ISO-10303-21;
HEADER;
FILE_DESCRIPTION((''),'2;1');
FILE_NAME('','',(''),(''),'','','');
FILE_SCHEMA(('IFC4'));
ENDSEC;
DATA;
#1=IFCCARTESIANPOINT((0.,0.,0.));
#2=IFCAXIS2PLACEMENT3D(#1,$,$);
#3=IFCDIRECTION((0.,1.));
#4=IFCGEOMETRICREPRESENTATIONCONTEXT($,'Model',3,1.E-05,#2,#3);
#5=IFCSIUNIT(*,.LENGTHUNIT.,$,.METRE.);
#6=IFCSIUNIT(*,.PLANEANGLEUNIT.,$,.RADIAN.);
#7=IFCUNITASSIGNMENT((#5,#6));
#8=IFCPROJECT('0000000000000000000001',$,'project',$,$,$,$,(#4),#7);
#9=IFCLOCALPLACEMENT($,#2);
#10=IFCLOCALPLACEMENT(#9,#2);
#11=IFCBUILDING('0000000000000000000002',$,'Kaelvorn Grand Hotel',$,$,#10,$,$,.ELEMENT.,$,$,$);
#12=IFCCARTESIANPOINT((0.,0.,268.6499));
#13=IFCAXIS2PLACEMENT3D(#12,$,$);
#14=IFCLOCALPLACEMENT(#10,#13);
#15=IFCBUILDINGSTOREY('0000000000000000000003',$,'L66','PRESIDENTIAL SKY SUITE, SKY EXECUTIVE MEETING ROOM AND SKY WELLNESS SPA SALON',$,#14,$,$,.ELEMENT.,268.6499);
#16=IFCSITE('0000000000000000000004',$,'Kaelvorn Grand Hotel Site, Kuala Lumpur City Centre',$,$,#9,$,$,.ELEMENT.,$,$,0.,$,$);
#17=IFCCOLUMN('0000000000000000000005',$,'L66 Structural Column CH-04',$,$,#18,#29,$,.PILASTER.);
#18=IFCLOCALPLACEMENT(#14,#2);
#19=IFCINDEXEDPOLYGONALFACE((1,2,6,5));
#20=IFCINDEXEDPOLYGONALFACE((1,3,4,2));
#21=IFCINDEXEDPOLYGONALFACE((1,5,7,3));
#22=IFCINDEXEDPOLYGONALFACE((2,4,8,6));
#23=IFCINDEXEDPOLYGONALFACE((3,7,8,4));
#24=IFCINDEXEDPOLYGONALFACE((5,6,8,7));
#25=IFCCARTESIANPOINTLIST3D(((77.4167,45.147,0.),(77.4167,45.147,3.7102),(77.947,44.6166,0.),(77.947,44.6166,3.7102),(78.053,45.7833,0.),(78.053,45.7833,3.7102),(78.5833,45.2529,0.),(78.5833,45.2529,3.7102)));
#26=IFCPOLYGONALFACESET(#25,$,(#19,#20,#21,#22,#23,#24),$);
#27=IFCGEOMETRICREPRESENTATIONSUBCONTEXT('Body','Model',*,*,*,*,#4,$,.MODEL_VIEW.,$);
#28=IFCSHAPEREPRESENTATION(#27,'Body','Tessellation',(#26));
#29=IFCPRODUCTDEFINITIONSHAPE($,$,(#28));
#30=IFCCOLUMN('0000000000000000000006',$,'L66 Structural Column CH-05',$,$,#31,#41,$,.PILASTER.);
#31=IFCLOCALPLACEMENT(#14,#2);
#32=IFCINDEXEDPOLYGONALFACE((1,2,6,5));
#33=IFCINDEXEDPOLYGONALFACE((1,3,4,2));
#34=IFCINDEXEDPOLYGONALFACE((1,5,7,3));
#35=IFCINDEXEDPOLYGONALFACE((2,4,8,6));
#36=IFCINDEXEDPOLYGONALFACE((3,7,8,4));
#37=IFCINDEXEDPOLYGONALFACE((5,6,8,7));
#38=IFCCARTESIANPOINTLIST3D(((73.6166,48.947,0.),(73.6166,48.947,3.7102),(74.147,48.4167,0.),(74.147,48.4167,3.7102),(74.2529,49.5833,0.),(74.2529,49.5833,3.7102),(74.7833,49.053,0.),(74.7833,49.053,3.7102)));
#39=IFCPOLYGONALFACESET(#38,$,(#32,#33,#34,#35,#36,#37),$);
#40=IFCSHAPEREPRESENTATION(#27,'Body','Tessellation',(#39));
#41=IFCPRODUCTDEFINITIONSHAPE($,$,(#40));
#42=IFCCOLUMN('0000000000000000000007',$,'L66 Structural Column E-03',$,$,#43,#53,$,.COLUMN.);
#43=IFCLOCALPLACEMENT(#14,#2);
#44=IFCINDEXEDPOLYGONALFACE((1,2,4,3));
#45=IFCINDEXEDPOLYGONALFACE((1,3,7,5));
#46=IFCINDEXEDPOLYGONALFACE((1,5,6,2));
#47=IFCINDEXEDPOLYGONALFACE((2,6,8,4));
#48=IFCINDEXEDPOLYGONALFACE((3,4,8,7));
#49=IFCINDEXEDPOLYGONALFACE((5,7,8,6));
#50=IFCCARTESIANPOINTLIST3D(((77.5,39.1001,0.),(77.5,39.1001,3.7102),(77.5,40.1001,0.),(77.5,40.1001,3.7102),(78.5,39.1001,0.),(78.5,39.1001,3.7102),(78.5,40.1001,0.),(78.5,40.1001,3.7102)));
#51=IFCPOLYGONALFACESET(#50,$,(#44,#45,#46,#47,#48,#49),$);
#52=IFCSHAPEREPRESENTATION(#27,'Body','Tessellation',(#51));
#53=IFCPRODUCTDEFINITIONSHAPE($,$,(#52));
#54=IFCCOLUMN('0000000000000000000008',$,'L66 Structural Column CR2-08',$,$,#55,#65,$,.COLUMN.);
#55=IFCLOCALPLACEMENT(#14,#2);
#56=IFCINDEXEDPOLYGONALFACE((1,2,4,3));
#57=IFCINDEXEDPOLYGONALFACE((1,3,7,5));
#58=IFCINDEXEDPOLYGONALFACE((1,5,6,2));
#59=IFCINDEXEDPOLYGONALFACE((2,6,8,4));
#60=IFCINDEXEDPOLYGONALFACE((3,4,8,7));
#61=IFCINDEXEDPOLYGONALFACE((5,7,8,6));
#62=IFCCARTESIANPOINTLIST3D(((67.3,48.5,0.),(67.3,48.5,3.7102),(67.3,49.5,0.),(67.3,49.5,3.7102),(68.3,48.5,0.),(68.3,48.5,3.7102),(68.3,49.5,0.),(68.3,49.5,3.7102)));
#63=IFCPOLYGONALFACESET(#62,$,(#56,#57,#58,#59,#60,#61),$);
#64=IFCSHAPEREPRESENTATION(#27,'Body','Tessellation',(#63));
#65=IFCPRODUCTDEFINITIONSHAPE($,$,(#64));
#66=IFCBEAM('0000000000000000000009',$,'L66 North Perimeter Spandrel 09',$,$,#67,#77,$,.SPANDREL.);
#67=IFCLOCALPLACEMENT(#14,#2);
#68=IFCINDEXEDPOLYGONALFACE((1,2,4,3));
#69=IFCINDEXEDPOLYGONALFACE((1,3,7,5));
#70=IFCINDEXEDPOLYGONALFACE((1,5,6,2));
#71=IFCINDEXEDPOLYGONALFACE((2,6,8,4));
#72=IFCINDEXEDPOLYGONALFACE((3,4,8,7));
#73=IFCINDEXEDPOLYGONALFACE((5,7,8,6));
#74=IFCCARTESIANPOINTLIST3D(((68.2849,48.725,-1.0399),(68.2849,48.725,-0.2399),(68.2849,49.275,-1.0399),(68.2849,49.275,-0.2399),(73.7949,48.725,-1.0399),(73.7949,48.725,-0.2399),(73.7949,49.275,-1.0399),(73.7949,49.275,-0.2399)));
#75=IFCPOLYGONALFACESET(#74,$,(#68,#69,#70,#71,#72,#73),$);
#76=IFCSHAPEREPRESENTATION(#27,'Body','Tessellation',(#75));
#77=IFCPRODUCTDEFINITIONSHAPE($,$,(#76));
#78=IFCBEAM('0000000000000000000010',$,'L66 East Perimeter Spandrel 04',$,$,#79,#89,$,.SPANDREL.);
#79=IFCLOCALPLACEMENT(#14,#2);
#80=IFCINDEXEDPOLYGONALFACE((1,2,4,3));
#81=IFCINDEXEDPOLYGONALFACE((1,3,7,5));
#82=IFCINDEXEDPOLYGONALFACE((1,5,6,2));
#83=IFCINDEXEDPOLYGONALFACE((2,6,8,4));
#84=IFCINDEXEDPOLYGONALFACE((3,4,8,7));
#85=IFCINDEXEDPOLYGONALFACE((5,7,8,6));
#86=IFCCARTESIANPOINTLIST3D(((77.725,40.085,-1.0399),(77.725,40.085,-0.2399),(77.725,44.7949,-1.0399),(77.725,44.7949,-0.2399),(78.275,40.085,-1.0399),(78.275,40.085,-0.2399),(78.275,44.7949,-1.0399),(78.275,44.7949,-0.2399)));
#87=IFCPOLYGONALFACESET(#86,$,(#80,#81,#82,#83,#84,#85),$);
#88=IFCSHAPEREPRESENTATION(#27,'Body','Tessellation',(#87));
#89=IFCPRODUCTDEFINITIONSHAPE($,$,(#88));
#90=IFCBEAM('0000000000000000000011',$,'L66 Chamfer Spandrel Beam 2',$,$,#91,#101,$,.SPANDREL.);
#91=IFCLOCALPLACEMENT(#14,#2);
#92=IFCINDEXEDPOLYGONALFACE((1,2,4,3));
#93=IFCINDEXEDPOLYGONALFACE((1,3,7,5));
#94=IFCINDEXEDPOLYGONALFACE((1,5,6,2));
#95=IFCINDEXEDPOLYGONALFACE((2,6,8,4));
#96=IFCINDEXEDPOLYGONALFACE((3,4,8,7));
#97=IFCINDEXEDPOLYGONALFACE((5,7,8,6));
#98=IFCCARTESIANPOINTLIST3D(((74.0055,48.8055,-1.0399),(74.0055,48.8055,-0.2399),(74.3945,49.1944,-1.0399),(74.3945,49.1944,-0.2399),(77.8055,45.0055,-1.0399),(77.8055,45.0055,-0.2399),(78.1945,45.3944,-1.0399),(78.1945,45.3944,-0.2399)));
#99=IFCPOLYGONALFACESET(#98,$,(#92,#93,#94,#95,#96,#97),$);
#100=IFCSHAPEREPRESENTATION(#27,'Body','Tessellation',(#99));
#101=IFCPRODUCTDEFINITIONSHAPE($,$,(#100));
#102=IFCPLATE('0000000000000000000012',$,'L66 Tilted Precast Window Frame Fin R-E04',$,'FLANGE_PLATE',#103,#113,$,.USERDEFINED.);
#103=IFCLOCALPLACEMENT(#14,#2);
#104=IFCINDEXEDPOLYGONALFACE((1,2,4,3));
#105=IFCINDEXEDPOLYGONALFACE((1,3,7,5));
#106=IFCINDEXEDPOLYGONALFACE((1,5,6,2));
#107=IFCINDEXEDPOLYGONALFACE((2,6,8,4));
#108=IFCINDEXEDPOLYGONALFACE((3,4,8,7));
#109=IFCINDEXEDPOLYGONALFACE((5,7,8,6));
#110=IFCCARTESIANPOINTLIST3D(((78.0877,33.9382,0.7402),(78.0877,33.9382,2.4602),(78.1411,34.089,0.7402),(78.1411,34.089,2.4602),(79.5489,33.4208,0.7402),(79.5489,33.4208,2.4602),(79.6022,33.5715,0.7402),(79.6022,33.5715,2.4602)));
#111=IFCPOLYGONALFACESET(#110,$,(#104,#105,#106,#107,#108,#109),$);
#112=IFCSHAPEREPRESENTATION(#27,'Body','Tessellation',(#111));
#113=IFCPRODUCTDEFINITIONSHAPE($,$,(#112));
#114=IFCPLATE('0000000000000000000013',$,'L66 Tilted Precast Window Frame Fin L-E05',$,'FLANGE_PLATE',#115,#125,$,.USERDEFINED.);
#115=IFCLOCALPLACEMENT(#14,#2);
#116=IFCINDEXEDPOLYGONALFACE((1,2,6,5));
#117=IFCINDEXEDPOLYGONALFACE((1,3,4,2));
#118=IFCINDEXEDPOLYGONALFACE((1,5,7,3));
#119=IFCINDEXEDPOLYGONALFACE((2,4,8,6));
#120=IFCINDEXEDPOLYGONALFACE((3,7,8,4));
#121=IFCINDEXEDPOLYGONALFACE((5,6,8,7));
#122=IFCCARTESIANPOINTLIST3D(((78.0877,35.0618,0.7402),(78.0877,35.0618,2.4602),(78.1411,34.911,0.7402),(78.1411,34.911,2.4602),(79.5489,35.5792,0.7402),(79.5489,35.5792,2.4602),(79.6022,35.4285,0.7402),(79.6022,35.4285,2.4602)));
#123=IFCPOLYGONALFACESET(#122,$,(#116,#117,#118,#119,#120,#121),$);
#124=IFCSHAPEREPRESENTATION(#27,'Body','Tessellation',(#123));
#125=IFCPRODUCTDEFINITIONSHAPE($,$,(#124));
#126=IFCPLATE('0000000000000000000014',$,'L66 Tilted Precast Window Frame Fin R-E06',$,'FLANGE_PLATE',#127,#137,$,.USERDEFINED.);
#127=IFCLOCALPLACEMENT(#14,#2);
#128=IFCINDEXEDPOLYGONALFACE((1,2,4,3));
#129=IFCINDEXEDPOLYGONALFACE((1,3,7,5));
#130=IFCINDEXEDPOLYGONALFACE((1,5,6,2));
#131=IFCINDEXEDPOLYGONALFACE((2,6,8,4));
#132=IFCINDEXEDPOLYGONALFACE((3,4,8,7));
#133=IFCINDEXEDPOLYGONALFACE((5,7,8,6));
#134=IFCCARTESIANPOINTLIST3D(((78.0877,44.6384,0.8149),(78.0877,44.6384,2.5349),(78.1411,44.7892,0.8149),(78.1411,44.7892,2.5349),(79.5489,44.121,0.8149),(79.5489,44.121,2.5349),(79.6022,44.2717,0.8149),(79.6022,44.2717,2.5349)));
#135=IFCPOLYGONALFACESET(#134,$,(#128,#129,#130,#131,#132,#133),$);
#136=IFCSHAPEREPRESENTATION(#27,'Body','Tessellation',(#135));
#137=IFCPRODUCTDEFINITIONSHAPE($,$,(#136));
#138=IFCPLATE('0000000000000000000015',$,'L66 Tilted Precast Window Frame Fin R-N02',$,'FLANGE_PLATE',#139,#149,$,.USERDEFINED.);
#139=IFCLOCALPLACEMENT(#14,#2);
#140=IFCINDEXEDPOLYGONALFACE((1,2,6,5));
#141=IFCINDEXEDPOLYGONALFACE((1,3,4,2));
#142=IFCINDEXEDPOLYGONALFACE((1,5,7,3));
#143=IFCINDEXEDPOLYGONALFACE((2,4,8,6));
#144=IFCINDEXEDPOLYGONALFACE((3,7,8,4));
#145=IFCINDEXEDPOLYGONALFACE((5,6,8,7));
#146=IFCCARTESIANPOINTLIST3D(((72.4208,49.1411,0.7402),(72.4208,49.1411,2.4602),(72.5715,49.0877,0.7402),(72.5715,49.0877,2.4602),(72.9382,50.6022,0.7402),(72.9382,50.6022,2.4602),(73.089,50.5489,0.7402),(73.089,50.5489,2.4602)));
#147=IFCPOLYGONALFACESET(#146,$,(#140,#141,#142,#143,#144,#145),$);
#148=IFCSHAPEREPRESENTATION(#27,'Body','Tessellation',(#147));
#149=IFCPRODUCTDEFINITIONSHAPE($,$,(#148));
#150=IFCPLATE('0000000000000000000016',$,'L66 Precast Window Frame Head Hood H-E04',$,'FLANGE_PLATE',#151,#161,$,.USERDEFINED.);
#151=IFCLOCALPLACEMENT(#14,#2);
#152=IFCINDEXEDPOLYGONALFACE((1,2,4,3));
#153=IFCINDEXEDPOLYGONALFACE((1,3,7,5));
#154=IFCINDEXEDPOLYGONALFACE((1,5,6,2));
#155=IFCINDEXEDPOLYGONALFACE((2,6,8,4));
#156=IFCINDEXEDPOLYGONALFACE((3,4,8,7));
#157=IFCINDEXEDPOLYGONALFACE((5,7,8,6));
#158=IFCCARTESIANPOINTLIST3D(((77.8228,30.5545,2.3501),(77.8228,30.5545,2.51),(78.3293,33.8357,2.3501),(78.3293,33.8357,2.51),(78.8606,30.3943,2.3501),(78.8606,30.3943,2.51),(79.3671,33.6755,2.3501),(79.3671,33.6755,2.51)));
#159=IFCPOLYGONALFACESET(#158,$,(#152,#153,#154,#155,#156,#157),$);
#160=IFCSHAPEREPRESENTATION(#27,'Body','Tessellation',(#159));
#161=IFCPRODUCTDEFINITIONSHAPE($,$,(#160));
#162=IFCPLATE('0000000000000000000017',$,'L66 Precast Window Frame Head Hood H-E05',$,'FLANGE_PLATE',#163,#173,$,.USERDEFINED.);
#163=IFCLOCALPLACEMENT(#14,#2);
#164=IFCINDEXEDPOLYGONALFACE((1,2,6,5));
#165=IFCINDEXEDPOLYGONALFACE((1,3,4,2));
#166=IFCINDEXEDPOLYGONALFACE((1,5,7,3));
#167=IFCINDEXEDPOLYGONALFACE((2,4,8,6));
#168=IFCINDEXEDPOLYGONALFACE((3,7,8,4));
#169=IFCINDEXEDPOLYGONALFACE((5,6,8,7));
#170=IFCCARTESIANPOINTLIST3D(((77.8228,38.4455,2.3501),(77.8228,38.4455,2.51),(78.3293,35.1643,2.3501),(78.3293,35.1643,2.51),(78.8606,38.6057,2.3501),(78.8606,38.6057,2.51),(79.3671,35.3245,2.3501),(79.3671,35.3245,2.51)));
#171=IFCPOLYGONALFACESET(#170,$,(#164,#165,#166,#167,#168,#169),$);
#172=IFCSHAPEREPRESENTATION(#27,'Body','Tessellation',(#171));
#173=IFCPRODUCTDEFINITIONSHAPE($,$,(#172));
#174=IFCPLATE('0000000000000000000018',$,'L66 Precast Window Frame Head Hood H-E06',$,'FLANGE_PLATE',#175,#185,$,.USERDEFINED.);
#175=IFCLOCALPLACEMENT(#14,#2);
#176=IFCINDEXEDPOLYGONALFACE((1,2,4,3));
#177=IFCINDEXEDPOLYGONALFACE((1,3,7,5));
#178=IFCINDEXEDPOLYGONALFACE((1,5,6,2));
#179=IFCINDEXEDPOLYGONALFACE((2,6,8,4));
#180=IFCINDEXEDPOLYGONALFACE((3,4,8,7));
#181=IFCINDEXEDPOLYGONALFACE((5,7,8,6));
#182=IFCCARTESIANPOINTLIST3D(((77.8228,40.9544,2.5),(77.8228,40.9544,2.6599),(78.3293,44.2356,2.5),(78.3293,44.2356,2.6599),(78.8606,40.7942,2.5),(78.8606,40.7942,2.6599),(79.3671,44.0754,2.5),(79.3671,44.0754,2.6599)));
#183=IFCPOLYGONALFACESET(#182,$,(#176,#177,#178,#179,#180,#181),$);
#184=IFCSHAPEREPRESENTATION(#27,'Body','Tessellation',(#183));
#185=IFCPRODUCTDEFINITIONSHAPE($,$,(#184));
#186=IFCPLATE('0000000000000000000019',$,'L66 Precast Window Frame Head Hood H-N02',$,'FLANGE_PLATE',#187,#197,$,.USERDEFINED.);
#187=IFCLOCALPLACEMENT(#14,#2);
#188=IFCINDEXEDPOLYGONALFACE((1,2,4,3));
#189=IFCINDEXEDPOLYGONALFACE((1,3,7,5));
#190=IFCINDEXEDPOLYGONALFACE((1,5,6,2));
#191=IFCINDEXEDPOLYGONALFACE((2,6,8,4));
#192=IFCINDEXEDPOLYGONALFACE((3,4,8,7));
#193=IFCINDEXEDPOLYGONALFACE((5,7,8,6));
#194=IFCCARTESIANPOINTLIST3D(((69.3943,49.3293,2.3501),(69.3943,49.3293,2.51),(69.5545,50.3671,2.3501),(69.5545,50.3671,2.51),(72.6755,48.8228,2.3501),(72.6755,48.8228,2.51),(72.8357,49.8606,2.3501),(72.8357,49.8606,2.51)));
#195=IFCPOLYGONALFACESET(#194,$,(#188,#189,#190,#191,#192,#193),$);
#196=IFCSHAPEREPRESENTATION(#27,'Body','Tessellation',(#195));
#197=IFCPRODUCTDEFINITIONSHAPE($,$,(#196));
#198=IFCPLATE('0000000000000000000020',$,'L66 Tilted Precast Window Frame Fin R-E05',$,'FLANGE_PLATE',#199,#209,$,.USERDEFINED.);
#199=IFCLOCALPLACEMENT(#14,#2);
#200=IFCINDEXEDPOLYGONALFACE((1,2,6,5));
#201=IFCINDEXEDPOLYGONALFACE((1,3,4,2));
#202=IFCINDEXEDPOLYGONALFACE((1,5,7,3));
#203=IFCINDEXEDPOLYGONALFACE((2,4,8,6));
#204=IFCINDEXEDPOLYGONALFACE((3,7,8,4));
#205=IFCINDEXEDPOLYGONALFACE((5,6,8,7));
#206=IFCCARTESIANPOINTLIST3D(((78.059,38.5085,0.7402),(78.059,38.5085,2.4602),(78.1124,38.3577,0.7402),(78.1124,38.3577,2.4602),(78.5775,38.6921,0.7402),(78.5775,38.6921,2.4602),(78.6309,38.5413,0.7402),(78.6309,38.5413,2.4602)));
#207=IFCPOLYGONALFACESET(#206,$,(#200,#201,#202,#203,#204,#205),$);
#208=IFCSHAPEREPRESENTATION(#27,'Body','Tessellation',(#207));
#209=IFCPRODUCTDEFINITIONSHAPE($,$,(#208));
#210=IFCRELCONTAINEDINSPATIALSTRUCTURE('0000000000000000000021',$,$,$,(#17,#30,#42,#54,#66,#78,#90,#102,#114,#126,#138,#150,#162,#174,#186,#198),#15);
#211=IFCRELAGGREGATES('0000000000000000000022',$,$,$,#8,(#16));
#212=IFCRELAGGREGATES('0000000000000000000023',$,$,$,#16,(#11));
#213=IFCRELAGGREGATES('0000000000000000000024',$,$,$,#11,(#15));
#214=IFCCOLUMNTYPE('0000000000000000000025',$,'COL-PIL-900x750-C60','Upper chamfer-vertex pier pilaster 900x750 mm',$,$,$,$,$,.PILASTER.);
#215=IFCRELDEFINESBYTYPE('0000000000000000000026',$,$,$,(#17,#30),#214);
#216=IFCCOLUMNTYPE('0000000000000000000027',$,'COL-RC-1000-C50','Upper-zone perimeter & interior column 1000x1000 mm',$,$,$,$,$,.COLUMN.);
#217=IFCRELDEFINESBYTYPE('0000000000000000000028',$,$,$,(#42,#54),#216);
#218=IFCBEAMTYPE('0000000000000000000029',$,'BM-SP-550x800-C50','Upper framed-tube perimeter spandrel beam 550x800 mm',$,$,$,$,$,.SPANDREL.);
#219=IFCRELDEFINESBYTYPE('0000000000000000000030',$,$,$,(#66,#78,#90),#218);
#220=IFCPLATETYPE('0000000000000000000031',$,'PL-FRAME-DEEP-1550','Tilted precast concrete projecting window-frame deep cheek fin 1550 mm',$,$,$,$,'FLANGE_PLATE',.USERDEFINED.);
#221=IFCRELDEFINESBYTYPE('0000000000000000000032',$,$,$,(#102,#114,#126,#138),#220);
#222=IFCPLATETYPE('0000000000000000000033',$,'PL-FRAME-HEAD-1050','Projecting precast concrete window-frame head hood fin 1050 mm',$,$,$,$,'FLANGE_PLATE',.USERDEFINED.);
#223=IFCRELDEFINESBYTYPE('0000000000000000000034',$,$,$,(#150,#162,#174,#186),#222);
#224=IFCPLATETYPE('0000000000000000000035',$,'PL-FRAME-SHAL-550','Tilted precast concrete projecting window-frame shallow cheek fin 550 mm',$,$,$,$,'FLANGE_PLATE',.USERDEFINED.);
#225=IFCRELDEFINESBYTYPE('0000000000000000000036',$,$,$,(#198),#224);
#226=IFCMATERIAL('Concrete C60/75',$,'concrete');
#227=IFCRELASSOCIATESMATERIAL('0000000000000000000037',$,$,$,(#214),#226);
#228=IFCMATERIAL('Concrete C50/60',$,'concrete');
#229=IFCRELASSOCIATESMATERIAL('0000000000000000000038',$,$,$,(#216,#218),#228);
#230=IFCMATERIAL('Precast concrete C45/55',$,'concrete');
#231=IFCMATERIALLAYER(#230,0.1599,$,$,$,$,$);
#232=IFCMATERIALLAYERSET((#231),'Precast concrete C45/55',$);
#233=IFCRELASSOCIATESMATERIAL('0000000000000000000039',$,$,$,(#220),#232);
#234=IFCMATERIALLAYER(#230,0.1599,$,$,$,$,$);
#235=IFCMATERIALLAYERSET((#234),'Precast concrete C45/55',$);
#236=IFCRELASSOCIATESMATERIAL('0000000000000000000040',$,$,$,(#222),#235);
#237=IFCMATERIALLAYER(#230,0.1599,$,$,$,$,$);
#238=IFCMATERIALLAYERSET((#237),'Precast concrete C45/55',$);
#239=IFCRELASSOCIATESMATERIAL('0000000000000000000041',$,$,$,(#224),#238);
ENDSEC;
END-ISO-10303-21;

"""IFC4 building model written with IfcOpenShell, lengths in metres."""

from ifc_helpers import new_model, si_unit, direction, frame, origin, origin_2d, place, context, subcontext, project, spatial, rectangle, extrude, material, layer, layer_set, material_profile, profile_set, type_object, element, save


model = new_model("IFC4")

# Units and contexts
model_context = context("Model", 3, precision=1e-05, world=origin(), true_north=direction((0.0, 1.0)))
body_context = subcontext(model_context, "Body", "Model", "MODEL_VIEW")
ifc_project = project(units=[si_unit("LENGTHUNIT", "METRE"), si_unit("PLANEANGLEUNIT", "RADIAN")], contexts=[model_context])

# Site, building, storey
site_placement = place(None, origin())
site = spatial("IfcSite", under=ifc_project, at=site_placement, Name="Kaelvorn Grand Hotel Site, Kuala Lumpur City Centre", CompositionType="ELEMENT", RefElevation=0.0)
building_placement = place(site_placement, origin())
building = spatial("IfcBuilding", under=site, at=building_placement, Name="Kaelvorn Grand Hotel", CompositionType="ELEMENT")
storey_placement = place(building_placement, frame((0.0, 0.0, 268.6499)))
storey = spatial("IfcBuildingStorey", under=building, at=storey_placement, Name="L66", Description="PRESIDENTIAL SKY SUITE, SKY EXECUTIVE MEETING ROOM AND SKY WELLNESS SPA SALON", CompositionType="ELEMENT", Elevation=268.6499)

# Columns
ifc_material_1 = material(Name="Concrete C60/75", Category="concrete")
ifc_material_profile_1 = material_profile(ifc_material_1, rectangle(XDim=0.8999, YDim=0.75, at=origin_2d()), Name="RC PILASTER 900x750")
ifc_profile_set_1 = profile_set([ifc_material_profile_1], Name="Concrete C60/75")
column_type_1 = type_object("IfcColumnType", Name="COL-PIL-900x750-C60", Description="Upper chamfer-vertex pier pilaster 900x750 mm", PredefinedType="PILASTER", material=ifc_profile_set_1)
for number, where, z_axis, x_axis, name in (
    (1, (78.0, 45.2, 0.0), (0.0, 0.0, 1.0), (0.707107, 0.707107, 0.0), "L66 Structural Column CH-04"),
    (2, (74.2, 49.0, 0.0), (0.0, 0.0, 1.0), (0.707107, 0.707107, 0.0), "L66 Structural Column CH-05"),
):
    element("IfcColumn", number, at=place(storey_placement, frame(where, z_axis=z_axis, x_axis=x_axis)), inside=storey, type_object=column_type_1, Name=name, PredefinedType="PILASTER", context=body_context, shape_type="SweptSolid", body=[
        extrude(rectangle(XDim=0.8999, YDim=0.75, at=origin_2d()), origin(), (0.0, 0.0, 1.0), 3.7102),
    ])
ifc_material_2 = material(Name="Concrete C50/60", Category="concrete")
ifc_material_profile_2 = material_profile(ifc_material_2, rectangle(XDim=1.0, YDim=1.0, at=origin_2d()), Name="RC COL 1000x1000")
ifc_profile_set_2 = profile_set([ifc_material_profile_2], Name="Concrete C50/60")
column_type_2 = type_object("IfcColumnType", Name="COL-RC-1000-C50", Description="Upper-zone perimeter & interior column 1000x1000 mm", PredefinedType="COLUMN", material=ifc_profile_set_2)
for number, where, z_axis, x_axis, name in (
    (3, (78.0, 39.6001, 0.0), (0.0, 0.0, 1.0), (1.0, 0.0, 0.0), "L66 Structural Column E-03"),
    (4, (67.8, 49.0, 0.0), (0.0, 0.0, 1.0), (1.0, 0.0, 0.0), "L66 Structural Column CR2-08"),
):
    element("IfcColumn", number, at=place(storey_placement, frame(where, z_axis=z_axis, x_axis=x_axis)), inside=storey, type_object=column_type_2, Name=name, PredefinedType="COLUMN", context=body_context, shape_type="SweptSolid", body=[
        extrude(rectangle(XDim=1.0, YDim=1.0, at=origin_2d()), origin(), (0.0, 0.0, 1.0), 3.7102),
    ])

# Beams
ifc_material_profile_3 = material_profile(ifc_material_2, rectangle(XDim=0.55, YDim=0.8, at=origin_2d()), Name="RC SPANDREL 550x800")
ifc_profile_set_3 = profile_set([ifc_material_profile_3], Name="Concrete C50/60")
beam_type = type_object("IfcBeamType", Name="BM-SP-550x800-C50", Description="Upper framed-tube perimeter spandrel beam 550x800 mm", PredefinedType="SPANDREL", material=ifc_profile_set_3)
beam_1_placement = place(storey_placement, frame((68.2849, 49.0, -0.6399), z_axis=(1.0, 0.0, 0.0), x_axis=(0.0, 1.0, 0.0)))
element("IfcBeam", 5, at=beam_1_placement, inside=storey, type_object=beam_type, Name="L66 North Perimeter Spandrel 09", PredefinedType="SPANDREL", context=body_context, shape_type="SweptSolid", body=[
    extrude(rectangle(XDim=0.55, YDim=0.8, at=origin_2d()), origin(), (0.0, 0.0, 1.0), 5.51),
])
beam_2_placement = place(storey_placement, frame((78.0, 40.085, -0.6399), z_axis=(0.0, 1.0, 0.0), x_axis=(-1.0, 0.0, 0.0)))
element("IfcBeam", 6, at=beam_2_placement, inside=storey, type_object=beam_type, Name="L66 East Perimeter Spandrel 04", PredefinedType="SPANDREL", context=body_context, shape_type="SweptSolid", body=[
    extrude(rectangle(XDim=0.55, YDim=0.8, at=origin_2d()), origin(), (0.0, 0.0, 1.0), 4.71),
])
beam_3_placement = place(storey_placement, frame((78.0, 45.2, -0.6399), z_axis=(-0.707107, 0.707107, 0.0), x_axis=(-0.707107, -0.707107, 0.0)))
element("IfcBeam", 7, at=beam_3_placement, inside=storey, type_object=beam_type, Name="L66 Chamfer Spandrel Beam 2", PredefinedType="SPANDREL", context=body_context, shape_type="SweptSolid", body=[
    extrude(rectangle(XDim=0.55, YDim=0.8, at=origin_2d()), origin(), (0.0, 0.0, 1.0), 5.374),
])

# Plates
ifc_material_3 = material(Name="Precast concrete C45/55", Category="concrete")
ifc_layer_1 = layer(ifc_material_3, 0.1599)
ifc_layer_set_1 = layer_set([ifc_layer_1], Name="Precast concrete C45/55")
plate_type_1 = type_object("IfcPlateType", Name="PL-FRAME-DEEP-1550", Description="Tilted precast concrete projecting window-frame deep cheek fin 1550 mm", ElementType="FLANGE_PLATE", PredefinedType="USERDEFINED", material=ifc_layer_set_1)
for number, where, z_axis, x_axis, name in (
    (8, (78.845, 33.7549, 0.7402), (0.0, 0.0, 1.0), (0.333807, 0.942641, 0.0), "L66 Tilted Precast Window Frame Fin R-E04"),
    (9, (78.845, 35.2451, 0.7402), (0.0, 0.0, 1.0), (-0.333807, 0.942641, 0.0), "L66 Tilted Precast Window Frame Fin L-E05"),
    (10, (78.845, 44.4551, 0.8149), (0.0, 0.0, 1.0), (0.333807, 0.942641, 0.0), "L66 Tilted Precast Window Frame Fin R-E06"),
    (11, (72.7549, 49.845, 0.7402), (0.0, 0.0, 1.0), (0.942641, -0.333807, 0.0), "L66 Tilted Precast Window Frame Fin R-N02"),
):
    element("IfcPlate", number, at=place(storey_placement, frame(where, z_axis=z_axis, x_axis=x_axis)), inside=storey, type_object=plate_type_1, Name=name, ObjectType="FLANGE_PLATE", PredefinedType="USERDEFINED", context=body_context, shape_type="SweptSolid", body=[
        extrude(rectangle(XDim=0.1599, YDim=1.55, at=origin_2d()), origin(), (0.0, 0.0, 1.0), 1.72),
    ])
ifc_layer_2 = layer(ifc_material_3, 0.1599)
ifc_layer_set_2 = layer_set([ifc_layer_2], Name="Precast concrete C45/55")
plate_type_2 = type_object("IfcPlateType", Name="PL-FRAME-HEAD-1050", Description="Projecting precast concrete window-frame head hood fin 1050 mm", ElementType="FLANGE_PLATE", PredefinedType="USERDEFINED", material=ifc_layer_set_2)
for number, where, z_axis, x_axis, name in (
    (12, (78.595, 32.115, 2.3501), (0.0, 0.0, 1.0), (0.152555, 0.988295, 0.0), "L66 Precast Window Frame Head Hood H-E04"),
    (13, (78.595, 36.885, 2.3501), (0.0, 0.0, 1.0), (-0.152555, 0.988295, 0.0), "L66 Precast Window Frame Head Hood H-E05"),
    (14, (78.595, 42.5149, 2.5), (0.0, 0.0, 1.0), (0.152555, 0.988295, 0.0), "L66 Precast Window Frame Head Hood H-E06"),
    (15, (71.115, 49.595, 2.3501), (0.0, 0.0, 1.0), (0.988295, -0.152555, 0.0), "L66 Precast Window Frame Head Hood H-N02"),
):
    element("IfcPlate", number, at=place(storey_placement, frame(where, z_axis=z_axis, x_axis=x_axis)), inside=storey, type_object=plate_type_2, Name=name, ObjectType="FLANGE_PLATE", PredefinedType="USERDEFINED", context=body_context, shape_type="SweptSolid", body=[
        extrude(rectangle(XDim=3.3201, YDim=1.05, at=origin_2d()), origin(), (0.0, 0.0, 1.0), 0.1599),
    ])
ifc_layer_3 = layer(ifc_material_3, 0.1599)
ifc_layer_set_3 = layer_set([ifc_layer_3], Name="Precast concrete C45/55")
plate_type_3 = type_object("IfcPlateType", Name="PL-FRAME-SHAL-550", Description="Tilted precast concrete projecting window-frame shallow cheek fin 550 mm", ElementType="FLANGE_PLATE", PredefinedType="USERDEFINED", material=ifc_layer_set_3)
for number, where, z_axis, x_axis, name in (
    (16, (78.345, 38.5249, 0.7402), (0.0, 0.0, 1.0), (-0.333807, 0.942641, 0.0), "L66 Tilted Precast Window Frame Fin R-E05"),
):
    element("IfcPlate", number, at=place(storey_placement, frame(where, z_axis=z_axis, x_axis=x_axis)), inside=storey, type_object=plate_type_3, Name=name, ObjectType="FLANGE_PLATE", PredefinedType="USERDEFINED", context=body_context, shape_type="SweptSolid", body=[
        extrude(rectangle(XDim=0.1599, YDim=0.55, at=origin_2d()), origin(), (0.0, 0.0, 1.0), 1.72),
    ])

save(model, "model.ifc")
